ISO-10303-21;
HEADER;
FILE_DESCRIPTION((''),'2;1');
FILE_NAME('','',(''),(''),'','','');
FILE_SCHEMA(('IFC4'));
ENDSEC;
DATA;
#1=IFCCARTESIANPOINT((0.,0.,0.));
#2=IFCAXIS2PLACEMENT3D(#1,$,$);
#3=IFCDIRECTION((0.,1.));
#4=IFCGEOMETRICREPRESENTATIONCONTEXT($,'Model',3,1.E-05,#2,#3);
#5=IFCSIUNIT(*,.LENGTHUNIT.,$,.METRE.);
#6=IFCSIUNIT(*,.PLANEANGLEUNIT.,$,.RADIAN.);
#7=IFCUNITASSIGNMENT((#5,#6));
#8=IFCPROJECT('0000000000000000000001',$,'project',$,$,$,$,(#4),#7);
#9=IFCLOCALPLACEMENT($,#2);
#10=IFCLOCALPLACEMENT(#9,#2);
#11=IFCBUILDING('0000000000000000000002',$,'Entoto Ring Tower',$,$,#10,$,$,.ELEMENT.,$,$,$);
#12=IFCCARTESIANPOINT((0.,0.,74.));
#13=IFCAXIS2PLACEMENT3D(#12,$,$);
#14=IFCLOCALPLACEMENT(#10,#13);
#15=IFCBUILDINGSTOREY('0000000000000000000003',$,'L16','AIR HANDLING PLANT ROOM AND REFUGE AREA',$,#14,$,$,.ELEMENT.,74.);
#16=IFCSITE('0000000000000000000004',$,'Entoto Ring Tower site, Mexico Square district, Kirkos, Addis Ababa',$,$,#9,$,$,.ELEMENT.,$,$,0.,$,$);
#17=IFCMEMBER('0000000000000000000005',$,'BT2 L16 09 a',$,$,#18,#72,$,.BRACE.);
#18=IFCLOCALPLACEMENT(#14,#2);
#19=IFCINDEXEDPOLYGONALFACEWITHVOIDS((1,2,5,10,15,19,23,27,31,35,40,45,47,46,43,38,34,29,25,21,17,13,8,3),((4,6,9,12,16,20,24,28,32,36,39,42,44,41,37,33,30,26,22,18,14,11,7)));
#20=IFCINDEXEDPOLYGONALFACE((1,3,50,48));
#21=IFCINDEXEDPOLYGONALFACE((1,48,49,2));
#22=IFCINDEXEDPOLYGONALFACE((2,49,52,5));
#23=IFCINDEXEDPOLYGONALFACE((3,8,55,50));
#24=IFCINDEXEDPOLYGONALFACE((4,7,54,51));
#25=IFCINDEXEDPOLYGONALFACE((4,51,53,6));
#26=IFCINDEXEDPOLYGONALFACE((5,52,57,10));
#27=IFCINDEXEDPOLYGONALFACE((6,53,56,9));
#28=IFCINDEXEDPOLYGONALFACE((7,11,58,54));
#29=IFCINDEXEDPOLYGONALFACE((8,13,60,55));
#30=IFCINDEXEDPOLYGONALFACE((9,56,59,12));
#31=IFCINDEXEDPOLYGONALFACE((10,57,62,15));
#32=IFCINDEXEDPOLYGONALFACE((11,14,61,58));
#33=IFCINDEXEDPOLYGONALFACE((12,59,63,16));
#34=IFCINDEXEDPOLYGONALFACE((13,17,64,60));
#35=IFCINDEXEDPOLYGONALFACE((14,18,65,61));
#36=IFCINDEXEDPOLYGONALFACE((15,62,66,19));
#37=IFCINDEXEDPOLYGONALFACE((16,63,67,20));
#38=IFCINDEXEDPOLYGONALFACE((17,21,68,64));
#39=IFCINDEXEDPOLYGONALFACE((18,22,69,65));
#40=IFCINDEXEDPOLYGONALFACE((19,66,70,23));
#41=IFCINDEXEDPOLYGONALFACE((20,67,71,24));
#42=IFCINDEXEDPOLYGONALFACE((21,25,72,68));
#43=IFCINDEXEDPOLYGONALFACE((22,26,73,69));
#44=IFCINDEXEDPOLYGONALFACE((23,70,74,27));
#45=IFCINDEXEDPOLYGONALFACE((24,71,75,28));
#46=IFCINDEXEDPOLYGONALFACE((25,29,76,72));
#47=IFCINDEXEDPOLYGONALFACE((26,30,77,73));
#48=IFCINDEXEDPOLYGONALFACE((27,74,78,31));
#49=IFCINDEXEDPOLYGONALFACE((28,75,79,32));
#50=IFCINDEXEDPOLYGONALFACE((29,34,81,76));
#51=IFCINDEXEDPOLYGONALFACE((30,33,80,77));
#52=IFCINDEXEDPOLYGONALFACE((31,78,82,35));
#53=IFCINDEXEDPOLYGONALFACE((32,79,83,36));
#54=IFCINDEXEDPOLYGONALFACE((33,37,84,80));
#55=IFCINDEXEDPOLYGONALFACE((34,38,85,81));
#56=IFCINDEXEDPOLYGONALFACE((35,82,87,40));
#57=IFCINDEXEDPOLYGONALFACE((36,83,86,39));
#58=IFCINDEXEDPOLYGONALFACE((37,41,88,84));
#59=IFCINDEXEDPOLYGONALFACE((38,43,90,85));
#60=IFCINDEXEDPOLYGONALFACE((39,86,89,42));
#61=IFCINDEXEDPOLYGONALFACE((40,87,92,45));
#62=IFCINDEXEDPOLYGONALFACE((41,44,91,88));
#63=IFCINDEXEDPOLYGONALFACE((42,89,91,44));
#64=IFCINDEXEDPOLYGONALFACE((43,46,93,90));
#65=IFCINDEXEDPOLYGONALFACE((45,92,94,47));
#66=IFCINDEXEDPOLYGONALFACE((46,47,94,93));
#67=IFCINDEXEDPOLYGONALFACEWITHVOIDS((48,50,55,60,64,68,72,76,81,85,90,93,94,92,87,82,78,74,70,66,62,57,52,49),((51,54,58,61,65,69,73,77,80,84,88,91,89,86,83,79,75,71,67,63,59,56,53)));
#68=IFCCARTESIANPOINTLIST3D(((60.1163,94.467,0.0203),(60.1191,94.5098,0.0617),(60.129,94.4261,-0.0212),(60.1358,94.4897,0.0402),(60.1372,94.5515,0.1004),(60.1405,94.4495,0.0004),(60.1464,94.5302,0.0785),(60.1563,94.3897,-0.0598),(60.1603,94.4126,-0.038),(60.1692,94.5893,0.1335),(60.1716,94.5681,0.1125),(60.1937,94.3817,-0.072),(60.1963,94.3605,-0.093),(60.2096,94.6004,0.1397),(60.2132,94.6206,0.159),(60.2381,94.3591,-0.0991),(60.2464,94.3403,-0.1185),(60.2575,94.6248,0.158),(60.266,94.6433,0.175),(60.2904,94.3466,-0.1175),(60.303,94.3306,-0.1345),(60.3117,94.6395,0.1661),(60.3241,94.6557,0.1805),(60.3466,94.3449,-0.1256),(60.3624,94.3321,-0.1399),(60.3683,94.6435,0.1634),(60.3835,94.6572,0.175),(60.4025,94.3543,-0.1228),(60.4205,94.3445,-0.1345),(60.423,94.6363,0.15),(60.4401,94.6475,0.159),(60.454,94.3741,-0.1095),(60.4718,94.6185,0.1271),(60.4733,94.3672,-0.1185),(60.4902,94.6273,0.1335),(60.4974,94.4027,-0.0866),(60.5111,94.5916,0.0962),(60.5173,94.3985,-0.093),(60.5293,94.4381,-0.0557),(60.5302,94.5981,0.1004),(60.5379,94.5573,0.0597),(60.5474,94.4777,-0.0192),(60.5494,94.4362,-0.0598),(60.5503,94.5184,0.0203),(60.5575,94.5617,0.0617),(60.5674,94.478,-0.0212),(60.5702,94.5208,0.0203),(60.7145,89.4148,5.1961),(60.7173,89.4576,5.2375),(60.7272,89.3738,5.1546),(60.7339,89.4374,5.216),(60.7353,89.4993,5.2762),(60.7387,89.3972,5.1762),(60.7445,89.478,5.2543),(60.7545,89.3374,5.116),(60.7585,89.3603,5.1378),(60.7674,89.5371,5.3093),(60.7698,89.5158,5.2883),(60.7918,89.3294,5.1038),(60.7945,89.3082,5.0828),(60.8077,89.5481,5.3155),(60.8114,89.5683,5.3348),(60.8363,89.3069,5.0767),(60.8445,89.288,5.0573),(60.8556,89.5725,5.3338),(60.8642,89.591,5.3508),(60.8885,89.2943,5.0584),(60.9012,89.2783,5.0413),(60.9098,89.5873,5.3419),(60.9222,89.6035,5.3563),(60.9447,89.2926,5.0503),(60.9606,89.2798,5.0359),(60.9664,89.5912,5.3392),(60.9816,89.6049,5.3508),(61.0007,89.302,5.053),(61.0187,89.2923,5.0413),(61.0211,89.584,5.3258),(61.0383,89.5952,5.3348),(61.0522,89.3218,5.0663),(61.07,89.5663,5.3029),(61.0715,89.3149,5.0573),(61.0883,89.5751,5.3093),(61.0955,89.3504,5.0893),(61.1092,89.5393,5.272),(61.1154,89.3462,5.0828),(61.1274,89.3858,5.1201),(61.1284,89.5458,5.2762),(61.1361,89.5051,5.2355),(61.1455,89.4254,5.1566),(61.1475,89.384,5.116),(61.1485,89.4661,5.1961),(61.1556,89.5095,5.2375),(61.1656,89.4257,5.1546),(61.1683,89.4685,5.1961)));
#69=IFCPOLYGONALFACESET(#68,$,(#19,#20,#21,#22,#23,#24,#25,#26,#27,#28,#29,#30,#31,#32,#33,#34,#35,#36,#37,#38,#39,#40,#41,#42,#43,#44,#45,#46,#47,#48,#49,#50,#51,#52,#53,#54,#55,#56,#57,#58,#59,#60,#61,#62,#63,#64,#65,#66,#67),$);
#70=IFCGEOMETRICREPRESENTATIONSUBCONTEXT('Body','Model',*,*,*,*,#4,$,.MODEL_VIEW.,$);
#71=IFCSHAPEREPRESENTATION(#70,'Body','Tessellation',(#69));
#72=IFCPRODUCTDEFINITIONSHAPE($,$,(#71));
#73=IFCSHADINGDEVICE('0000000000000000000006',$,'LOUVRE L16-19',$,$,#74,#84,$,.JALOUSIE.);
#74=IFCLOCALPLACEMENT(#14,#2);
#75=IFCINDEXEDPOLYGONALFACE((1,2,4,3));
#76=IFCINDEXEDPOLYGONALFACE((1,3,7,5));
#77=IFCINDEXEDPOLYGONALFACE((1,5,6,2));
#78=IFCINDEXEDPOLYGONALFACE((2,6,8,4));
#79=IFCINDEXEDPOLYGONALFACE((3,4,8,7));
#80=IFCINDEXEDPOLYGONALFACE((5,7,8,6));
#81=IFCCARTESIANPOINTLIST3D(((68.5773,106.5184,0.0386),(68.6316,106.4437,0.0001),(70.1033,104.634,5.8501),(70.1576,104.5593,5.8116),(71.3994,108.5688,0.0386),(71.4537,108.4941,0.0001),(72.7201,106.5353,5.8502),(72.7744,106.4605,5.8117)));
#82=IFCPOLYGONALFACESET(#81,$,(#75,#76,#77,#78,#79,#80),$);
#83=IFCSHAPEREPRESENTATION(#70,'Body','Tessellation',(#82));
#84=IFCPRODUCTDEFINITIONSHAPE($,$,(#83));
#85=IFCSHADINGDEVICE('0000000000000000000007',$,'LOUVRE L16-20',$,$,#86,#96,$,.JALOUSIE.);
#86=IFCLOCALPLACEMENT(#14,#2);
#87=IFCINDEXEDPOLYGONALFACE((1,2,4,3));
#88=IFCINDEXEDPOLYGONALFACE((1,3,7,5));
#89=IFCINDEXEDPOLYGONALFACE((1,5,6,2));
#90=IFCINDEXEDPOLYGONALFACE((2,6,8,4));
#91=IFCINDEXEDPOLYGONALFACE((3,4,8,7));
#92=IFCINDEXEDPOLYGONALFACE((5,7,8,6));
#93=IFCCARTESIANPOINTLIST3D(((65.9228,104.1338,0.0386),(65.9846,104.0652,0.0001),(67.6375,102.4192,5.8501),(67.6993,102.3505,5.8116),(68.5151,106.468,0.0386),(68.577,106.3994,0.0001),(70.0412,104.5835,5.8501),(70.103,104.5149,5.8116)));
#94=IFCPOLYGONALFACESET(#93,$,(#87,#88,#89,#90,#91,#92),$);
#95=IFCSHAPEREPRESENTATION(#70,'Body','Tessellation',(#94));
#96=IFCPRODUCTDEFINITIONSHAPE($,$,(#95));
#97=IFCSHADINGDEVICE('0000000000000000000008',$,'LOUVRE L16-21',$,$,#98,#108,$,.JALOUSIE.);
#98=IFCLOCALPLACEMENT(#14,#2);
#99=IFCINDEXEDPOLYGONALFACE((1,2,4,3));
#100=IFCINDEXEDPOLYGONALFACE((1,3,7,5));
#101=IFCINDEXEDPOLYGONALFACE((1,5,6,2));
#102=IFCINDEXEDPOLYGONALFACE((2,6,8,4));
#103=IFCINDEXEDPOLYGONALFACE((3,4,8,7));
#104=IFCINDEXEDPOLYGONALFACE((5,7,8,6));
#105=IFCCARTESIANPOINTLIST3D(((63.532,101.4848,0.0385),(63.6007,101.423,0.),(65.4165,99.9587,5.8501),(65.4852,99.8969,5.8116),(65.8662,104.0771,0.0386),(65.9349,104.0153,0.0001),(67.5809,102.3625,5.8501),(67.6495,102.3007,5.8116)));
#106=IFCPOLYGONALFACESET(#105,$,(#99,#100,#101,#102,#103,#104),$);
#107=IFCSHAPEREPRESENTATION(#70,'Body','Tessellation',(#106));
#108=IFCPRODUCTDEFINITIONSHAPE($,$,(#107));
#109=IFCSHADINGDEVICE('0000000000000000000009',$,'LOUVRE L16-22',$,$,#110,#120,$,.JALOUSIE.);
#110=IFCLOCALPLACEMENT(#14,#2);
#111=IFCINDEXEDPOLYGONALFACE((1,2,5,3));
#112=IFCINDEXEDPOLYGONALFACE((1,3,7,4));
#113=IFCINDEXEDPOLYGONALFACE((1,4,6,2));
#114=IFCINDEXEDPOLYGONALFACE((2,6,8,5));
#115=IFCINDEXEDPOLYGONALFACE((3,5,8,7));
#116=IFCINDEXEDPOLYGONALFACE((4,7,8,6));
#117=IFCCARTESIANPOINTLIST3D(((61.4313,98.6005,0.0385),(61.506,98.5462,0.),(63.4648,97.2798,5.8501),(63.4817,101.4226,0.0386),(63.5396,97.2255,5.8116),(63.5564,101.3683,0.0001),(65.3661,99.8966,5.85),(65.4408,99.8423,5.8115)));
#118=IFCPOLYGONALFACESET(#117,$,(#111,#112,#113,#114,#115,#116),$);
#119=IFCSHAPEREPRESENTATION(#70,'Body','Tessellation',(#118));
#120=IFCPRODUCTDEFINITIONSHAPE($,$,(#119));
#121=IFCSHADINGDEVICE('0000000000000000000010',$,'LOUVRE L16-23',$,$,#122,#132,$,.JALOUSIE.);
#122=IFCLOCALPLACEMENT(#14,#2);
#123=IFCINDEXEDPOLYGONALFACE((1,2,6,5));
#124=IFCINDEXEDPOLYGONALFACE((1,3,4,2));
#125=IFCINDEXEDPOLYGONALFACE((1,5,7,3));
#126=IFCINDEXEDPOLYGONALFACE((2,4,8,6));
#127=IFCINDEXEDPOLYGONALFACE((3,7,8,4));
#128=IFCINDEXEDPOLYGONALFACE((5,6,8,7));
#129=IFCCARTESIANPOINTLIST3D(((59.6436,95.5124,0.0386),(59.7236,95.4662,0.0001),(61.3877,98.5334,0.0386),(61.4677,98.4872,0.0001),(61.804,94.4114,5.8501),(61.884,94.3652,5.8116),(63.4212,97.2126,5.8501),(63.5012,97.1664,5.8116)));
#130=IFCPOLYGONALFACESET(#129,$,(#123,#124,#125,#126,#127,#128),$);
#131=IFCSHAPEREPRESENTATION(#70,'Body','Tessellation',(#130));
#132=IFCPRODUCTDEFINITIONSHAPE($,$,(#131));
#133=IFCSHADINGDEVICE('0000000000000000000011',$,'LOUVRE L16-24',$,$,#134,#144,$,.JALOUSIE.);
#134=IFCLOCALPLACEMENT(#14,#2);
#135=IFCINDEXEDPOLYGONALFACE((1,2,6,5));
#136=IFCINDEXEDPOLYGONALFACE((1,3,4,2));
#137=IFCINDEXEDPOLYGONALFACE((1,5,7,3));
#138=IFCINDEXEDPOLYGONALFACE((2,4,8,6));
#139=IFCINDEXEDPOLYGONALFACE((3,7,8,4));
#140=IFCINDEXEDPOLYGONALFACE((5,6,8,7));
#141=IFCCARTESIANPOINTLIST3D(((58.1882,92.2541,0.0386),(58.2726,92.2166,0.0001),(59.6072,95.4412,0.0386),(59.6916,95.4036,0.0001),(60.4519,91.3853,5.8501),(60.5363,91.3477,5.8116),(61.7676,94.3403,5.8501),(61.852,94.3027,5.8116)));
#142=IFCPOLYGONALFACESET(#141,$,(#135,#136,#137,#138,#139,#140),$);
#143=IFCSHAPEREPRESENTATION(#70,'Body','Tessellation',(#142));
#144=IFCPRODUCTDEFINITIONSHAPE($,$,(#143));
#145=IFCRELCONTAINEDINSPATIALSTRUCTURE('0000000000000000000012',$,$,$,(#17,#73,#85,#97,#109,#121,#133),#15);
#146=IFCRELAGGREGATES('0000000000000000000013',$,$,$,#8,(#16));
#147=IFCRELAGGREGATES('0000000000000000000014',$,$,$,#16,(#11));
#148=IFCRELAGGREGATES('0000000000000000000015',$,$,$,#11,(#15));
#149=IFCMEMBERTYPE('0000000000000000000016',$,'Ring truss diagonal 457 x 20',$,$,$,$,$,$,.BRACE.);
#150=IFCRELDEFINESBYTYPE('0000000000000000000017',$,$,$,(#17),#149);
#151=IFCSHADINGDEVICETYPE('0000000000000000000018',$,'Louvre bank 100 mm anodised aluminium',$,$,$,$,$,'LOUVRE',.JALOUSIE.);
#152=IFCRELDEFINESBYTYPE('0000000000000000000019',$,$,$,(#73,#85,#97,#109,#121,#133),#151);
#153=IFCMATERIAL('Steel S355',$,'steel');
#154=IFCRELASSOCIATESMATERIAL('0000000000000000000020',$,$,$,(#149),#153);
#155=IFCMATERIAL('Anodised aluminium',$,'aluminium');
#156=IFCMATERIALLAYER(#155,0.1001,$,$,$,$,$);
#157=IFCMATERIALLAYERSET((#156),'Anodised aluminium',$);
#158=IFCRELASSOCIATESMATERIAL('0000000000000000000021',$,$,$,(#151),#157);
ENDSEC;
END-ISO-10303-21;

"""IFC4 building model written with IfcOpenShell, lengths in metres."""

from ifc_helpers import new_model, si_unit, direction, frame, origin, origin_2d, place, context, subcontext, project, spatial, polyline, circle, hollow_circle, outline, extrude, material, layer, layer_set, material_profile, profile_set, type_object, element, save


model = new_model("IFC4")

# Units and contexts
model_context = context("Model", 3, precision=1e-05, world=origin(), true_north=direction((0.0, 1.0)))
body_context = subcontext(model_context, "Body", "Model", "MODEL_VIEW")
ifc_project = project(units=[si_unit("LENGTHUNIT", "METRE"), si_unit("PLANEANGLEUNIT", "RADIAN")], contexts=[model_context])

# Site, building, storey
site_placement = place(None, origin())
site = spatial("IfcSite", under=ifc_project, at=site_placement, Name="Entoto Ring Tower site, Mexico Square district, Kirkos, Addis Ababa", CompositionType="ELEMENT", RefElevation=0.0)
building_placement = place(site_placement, origin())
building = spatial("IfcBuilding", under=site, at=building_placement, Name="Entoto Ring Tower", CompositionType="ELEMENT")
storey_placement = place(building_placement, frame((0.0, 0.0, 74.0)))
storey = spatial("IfcBuildingStorey", under=building, at=storey_placement, Name="L16", Description="AIR HANDLING PLANT ROOM AND REFUGE AREA", CompositionType="ELEMENT", Elevation=74.0)

# Member
ifc_material_1 = material(Name="Steel S355", Category="steel")
ifc_material_profile_1 = material_profile(ifc_material_1, hollow_circle(Radius=0.2285, WallThickness=0.02, at=origin_2d()), Name="CHS 457 x 20")
ifc_material_2 = material(Name="Concrete C60/75", Category="concrete")
ifc_material_profile_2 = material_profile(ifc_material_2, circle(Radius=0.2085, at=origin_2d()), Name="Concrete C60/75 infill")
ifc_profile_set_1 = profile_set([ifc_material_profile_1, ifc_material_profile_2], Name="Steel S355")
member_type_1 = type_object("IfcMemberType", Name="Ring truss diagonal 457 x 20", PredefinedType="BRACE", material=ifc_profile_set_1)
for number, where, z_axis, x_axis, name in (
    (1, (60.3433, 94.4939, 0.0203), (0.082417, -0.696139, 0.713161), (0.993065, 0.117571, 0.0), "BT2 L16 09 a"),
):
    element("IfcMember", number, at=place(storey_placement, frame(where, z_axis=z_axis, x_axis=x_axis)), inside=storey, type_object=member_type_1, Name=name, PredefinedType="BRACE", context=body_context, shape_type="SweptSolid", body=[
        extrude(hollow_circle(Radius=0.2285, WallThickness=0.02, at=origin_2d()), origin(), (0.0, 0.0, 1.0), 7.2576),
    ])

# Shading devices
ifc_material_3 = material(Name="Anodised aluminium", Category="aluminium")
ifc_layer_1 = layer(ifc_material_3, 0.1001)
ifc_layer_set_1 = layer_set([ifc_layer_1], Name="Anodised aluminium")
shading_device_type = type_object("IfcShadingDeviceType", Name="Louvre bank 100 mm anodised aluminium", ElementType="LOUVRE", PredefinedType="JALOUSIE", material=ifc_layer_set_1)
shading_device_1_placement = place(storey_placement, frame((71.3994, 108.5688, 0.0386), z_axis=(-0.542573, 0.746783, 0.384616), x_axis=(-0.809011, -0.587793, 0.000017)))
element("IfcShadingDevice", 2, at=shading_device_1_placement, inside=storey, type_object=shading_device_type, Name="LOUVRE L16-19", PredefinedType="JALOUSIE", context=body_context, shape_type="SweptSolid", body=[
    extrude(outline(polyline([(0.0, 0.0), (3.4883, 0.0), (3.3615, 6.2958), (0.1269, 6.2959), (0.0, 0.0)])), origin(), (0.0, 0.0, -1.0), 0.1001),
])
shading_device_2_placement = place(storey_placement, frame((68.5151, 106.468, 0.0386), z_axis=(-0.617658, 0.685973, 0.384629), x_axis=(-0.74314, -0.669136, 0.000008)))
element("IfcShadingDevice", 3, at=shading_device_2_placement, inside=storey, type_object=shading_device_type, Name="LOUVRE L16-20", PredefinedType="JALOUSIE", context=body_context, shape_type="SweptSolid", body=[
    extrude(outline(polyline([(0.0, 0.0), (3.4883, 0.0), (3.3615, 6.2958), (0.1269, 6.2959), (0.0, 0.0)])), origin(), (0.0, 0.0, -1.0), 0.1001),
])
shading_device_3_placement = place(storey_placement, frame((65.8662, 104.0771, 0.0386), z_axis=(-0.685973, 0.617658, 0.384629), x_axis=(-0.669136, -0.74314, -0.000008)))
element("IfcShadingDevice", 4, at=shading_device_3_placement, inside=storey, type_object=shading_device_type, Name="LOUVRE L16-21", PredefinedType="JALOUSIE", context=body_context, shape_type="SweptSolid", body=[
    extrude(outline(polyline([(0.0, 0.0), (3.4883, 0.0), (3.3614, 6.2959), (0.1268, 6.2958), (0.0, 0.0)])), origin(), (0.0, 0.0, -1.0), 0.1001),
])
shading_device_4_placement = place(storey_placement, frame((63.4817, 101.4226, 0.0386), z_axis=(-0.746783, 0.542573, 0.384616), x_axis=(-0.587793, -0.809011, -0.000017)))
element("IfcShadingDevice", 5, at=shading_device_4_placement, inside=storey, type_object=shading_device_type, Name="LOUVRE L16-22", PredefinedType="JALOUSIE", context=body_context, shape_type="SweptSolid", body=[
    extrude(outline(polyline([(0.0, 0.0), (3.4883, 0.0), (3.3614, 6.2959), (0.1268, 6.2958), (0.0, 0.0)])), origin(), (0.0, 0.0, -1.0), 0.1001),
])
shading_device_5_placement = place(storey_placement, frame((61.3877, 98.5334, 0.0386), z_axis=(-0.799418, 0.461522, 0.384614), x_axis=(-0.499984, -0.866035, -0.000004)))
element("IfcShadingDevice", 6, at=shading_device_5_placement, inside=storey, type_object=shading_device_type, Name="LOUVRE L16-23", PredefinedType="JALOUSIE", context=body_context, shape_type="SweptSolid", body=[
    extrude(outline(polyline([(0.0, 0.0), (3.4883, 0.0), (3.3617, 6.2958), (0.1271, 6.2958), (0.0, 0.0)])), origin(), (0.0, 0.0, -1.0), 0.1001),
])
shading_device_6_placement = place(storey_placement, frame((59.6072, 95.4412, 0.0386), z_axis=(-0.843278, 0.37545, 0.384603), x_axis=(-0.406735, -0.913546, 0.0)))
element("IfcShadingDevice", 7, at=shading_device_6_placement, inside=storey, type_object=shading_device_type, Name="LOUVRE L16-24", PredefinedType="JALOUSIE", context=body_context, shape_type="SweptSolid", body=[
    extrude(outline(polyline([(0.0, 0.0), (3.4886, 0.0), (3.3617, 6.2958), (0.1269, 6.2958), (0.0, 0.0)])), origin(), (0.0, 0.0, -1.0), 0.1001),
])

save(model, "model.ifc")
